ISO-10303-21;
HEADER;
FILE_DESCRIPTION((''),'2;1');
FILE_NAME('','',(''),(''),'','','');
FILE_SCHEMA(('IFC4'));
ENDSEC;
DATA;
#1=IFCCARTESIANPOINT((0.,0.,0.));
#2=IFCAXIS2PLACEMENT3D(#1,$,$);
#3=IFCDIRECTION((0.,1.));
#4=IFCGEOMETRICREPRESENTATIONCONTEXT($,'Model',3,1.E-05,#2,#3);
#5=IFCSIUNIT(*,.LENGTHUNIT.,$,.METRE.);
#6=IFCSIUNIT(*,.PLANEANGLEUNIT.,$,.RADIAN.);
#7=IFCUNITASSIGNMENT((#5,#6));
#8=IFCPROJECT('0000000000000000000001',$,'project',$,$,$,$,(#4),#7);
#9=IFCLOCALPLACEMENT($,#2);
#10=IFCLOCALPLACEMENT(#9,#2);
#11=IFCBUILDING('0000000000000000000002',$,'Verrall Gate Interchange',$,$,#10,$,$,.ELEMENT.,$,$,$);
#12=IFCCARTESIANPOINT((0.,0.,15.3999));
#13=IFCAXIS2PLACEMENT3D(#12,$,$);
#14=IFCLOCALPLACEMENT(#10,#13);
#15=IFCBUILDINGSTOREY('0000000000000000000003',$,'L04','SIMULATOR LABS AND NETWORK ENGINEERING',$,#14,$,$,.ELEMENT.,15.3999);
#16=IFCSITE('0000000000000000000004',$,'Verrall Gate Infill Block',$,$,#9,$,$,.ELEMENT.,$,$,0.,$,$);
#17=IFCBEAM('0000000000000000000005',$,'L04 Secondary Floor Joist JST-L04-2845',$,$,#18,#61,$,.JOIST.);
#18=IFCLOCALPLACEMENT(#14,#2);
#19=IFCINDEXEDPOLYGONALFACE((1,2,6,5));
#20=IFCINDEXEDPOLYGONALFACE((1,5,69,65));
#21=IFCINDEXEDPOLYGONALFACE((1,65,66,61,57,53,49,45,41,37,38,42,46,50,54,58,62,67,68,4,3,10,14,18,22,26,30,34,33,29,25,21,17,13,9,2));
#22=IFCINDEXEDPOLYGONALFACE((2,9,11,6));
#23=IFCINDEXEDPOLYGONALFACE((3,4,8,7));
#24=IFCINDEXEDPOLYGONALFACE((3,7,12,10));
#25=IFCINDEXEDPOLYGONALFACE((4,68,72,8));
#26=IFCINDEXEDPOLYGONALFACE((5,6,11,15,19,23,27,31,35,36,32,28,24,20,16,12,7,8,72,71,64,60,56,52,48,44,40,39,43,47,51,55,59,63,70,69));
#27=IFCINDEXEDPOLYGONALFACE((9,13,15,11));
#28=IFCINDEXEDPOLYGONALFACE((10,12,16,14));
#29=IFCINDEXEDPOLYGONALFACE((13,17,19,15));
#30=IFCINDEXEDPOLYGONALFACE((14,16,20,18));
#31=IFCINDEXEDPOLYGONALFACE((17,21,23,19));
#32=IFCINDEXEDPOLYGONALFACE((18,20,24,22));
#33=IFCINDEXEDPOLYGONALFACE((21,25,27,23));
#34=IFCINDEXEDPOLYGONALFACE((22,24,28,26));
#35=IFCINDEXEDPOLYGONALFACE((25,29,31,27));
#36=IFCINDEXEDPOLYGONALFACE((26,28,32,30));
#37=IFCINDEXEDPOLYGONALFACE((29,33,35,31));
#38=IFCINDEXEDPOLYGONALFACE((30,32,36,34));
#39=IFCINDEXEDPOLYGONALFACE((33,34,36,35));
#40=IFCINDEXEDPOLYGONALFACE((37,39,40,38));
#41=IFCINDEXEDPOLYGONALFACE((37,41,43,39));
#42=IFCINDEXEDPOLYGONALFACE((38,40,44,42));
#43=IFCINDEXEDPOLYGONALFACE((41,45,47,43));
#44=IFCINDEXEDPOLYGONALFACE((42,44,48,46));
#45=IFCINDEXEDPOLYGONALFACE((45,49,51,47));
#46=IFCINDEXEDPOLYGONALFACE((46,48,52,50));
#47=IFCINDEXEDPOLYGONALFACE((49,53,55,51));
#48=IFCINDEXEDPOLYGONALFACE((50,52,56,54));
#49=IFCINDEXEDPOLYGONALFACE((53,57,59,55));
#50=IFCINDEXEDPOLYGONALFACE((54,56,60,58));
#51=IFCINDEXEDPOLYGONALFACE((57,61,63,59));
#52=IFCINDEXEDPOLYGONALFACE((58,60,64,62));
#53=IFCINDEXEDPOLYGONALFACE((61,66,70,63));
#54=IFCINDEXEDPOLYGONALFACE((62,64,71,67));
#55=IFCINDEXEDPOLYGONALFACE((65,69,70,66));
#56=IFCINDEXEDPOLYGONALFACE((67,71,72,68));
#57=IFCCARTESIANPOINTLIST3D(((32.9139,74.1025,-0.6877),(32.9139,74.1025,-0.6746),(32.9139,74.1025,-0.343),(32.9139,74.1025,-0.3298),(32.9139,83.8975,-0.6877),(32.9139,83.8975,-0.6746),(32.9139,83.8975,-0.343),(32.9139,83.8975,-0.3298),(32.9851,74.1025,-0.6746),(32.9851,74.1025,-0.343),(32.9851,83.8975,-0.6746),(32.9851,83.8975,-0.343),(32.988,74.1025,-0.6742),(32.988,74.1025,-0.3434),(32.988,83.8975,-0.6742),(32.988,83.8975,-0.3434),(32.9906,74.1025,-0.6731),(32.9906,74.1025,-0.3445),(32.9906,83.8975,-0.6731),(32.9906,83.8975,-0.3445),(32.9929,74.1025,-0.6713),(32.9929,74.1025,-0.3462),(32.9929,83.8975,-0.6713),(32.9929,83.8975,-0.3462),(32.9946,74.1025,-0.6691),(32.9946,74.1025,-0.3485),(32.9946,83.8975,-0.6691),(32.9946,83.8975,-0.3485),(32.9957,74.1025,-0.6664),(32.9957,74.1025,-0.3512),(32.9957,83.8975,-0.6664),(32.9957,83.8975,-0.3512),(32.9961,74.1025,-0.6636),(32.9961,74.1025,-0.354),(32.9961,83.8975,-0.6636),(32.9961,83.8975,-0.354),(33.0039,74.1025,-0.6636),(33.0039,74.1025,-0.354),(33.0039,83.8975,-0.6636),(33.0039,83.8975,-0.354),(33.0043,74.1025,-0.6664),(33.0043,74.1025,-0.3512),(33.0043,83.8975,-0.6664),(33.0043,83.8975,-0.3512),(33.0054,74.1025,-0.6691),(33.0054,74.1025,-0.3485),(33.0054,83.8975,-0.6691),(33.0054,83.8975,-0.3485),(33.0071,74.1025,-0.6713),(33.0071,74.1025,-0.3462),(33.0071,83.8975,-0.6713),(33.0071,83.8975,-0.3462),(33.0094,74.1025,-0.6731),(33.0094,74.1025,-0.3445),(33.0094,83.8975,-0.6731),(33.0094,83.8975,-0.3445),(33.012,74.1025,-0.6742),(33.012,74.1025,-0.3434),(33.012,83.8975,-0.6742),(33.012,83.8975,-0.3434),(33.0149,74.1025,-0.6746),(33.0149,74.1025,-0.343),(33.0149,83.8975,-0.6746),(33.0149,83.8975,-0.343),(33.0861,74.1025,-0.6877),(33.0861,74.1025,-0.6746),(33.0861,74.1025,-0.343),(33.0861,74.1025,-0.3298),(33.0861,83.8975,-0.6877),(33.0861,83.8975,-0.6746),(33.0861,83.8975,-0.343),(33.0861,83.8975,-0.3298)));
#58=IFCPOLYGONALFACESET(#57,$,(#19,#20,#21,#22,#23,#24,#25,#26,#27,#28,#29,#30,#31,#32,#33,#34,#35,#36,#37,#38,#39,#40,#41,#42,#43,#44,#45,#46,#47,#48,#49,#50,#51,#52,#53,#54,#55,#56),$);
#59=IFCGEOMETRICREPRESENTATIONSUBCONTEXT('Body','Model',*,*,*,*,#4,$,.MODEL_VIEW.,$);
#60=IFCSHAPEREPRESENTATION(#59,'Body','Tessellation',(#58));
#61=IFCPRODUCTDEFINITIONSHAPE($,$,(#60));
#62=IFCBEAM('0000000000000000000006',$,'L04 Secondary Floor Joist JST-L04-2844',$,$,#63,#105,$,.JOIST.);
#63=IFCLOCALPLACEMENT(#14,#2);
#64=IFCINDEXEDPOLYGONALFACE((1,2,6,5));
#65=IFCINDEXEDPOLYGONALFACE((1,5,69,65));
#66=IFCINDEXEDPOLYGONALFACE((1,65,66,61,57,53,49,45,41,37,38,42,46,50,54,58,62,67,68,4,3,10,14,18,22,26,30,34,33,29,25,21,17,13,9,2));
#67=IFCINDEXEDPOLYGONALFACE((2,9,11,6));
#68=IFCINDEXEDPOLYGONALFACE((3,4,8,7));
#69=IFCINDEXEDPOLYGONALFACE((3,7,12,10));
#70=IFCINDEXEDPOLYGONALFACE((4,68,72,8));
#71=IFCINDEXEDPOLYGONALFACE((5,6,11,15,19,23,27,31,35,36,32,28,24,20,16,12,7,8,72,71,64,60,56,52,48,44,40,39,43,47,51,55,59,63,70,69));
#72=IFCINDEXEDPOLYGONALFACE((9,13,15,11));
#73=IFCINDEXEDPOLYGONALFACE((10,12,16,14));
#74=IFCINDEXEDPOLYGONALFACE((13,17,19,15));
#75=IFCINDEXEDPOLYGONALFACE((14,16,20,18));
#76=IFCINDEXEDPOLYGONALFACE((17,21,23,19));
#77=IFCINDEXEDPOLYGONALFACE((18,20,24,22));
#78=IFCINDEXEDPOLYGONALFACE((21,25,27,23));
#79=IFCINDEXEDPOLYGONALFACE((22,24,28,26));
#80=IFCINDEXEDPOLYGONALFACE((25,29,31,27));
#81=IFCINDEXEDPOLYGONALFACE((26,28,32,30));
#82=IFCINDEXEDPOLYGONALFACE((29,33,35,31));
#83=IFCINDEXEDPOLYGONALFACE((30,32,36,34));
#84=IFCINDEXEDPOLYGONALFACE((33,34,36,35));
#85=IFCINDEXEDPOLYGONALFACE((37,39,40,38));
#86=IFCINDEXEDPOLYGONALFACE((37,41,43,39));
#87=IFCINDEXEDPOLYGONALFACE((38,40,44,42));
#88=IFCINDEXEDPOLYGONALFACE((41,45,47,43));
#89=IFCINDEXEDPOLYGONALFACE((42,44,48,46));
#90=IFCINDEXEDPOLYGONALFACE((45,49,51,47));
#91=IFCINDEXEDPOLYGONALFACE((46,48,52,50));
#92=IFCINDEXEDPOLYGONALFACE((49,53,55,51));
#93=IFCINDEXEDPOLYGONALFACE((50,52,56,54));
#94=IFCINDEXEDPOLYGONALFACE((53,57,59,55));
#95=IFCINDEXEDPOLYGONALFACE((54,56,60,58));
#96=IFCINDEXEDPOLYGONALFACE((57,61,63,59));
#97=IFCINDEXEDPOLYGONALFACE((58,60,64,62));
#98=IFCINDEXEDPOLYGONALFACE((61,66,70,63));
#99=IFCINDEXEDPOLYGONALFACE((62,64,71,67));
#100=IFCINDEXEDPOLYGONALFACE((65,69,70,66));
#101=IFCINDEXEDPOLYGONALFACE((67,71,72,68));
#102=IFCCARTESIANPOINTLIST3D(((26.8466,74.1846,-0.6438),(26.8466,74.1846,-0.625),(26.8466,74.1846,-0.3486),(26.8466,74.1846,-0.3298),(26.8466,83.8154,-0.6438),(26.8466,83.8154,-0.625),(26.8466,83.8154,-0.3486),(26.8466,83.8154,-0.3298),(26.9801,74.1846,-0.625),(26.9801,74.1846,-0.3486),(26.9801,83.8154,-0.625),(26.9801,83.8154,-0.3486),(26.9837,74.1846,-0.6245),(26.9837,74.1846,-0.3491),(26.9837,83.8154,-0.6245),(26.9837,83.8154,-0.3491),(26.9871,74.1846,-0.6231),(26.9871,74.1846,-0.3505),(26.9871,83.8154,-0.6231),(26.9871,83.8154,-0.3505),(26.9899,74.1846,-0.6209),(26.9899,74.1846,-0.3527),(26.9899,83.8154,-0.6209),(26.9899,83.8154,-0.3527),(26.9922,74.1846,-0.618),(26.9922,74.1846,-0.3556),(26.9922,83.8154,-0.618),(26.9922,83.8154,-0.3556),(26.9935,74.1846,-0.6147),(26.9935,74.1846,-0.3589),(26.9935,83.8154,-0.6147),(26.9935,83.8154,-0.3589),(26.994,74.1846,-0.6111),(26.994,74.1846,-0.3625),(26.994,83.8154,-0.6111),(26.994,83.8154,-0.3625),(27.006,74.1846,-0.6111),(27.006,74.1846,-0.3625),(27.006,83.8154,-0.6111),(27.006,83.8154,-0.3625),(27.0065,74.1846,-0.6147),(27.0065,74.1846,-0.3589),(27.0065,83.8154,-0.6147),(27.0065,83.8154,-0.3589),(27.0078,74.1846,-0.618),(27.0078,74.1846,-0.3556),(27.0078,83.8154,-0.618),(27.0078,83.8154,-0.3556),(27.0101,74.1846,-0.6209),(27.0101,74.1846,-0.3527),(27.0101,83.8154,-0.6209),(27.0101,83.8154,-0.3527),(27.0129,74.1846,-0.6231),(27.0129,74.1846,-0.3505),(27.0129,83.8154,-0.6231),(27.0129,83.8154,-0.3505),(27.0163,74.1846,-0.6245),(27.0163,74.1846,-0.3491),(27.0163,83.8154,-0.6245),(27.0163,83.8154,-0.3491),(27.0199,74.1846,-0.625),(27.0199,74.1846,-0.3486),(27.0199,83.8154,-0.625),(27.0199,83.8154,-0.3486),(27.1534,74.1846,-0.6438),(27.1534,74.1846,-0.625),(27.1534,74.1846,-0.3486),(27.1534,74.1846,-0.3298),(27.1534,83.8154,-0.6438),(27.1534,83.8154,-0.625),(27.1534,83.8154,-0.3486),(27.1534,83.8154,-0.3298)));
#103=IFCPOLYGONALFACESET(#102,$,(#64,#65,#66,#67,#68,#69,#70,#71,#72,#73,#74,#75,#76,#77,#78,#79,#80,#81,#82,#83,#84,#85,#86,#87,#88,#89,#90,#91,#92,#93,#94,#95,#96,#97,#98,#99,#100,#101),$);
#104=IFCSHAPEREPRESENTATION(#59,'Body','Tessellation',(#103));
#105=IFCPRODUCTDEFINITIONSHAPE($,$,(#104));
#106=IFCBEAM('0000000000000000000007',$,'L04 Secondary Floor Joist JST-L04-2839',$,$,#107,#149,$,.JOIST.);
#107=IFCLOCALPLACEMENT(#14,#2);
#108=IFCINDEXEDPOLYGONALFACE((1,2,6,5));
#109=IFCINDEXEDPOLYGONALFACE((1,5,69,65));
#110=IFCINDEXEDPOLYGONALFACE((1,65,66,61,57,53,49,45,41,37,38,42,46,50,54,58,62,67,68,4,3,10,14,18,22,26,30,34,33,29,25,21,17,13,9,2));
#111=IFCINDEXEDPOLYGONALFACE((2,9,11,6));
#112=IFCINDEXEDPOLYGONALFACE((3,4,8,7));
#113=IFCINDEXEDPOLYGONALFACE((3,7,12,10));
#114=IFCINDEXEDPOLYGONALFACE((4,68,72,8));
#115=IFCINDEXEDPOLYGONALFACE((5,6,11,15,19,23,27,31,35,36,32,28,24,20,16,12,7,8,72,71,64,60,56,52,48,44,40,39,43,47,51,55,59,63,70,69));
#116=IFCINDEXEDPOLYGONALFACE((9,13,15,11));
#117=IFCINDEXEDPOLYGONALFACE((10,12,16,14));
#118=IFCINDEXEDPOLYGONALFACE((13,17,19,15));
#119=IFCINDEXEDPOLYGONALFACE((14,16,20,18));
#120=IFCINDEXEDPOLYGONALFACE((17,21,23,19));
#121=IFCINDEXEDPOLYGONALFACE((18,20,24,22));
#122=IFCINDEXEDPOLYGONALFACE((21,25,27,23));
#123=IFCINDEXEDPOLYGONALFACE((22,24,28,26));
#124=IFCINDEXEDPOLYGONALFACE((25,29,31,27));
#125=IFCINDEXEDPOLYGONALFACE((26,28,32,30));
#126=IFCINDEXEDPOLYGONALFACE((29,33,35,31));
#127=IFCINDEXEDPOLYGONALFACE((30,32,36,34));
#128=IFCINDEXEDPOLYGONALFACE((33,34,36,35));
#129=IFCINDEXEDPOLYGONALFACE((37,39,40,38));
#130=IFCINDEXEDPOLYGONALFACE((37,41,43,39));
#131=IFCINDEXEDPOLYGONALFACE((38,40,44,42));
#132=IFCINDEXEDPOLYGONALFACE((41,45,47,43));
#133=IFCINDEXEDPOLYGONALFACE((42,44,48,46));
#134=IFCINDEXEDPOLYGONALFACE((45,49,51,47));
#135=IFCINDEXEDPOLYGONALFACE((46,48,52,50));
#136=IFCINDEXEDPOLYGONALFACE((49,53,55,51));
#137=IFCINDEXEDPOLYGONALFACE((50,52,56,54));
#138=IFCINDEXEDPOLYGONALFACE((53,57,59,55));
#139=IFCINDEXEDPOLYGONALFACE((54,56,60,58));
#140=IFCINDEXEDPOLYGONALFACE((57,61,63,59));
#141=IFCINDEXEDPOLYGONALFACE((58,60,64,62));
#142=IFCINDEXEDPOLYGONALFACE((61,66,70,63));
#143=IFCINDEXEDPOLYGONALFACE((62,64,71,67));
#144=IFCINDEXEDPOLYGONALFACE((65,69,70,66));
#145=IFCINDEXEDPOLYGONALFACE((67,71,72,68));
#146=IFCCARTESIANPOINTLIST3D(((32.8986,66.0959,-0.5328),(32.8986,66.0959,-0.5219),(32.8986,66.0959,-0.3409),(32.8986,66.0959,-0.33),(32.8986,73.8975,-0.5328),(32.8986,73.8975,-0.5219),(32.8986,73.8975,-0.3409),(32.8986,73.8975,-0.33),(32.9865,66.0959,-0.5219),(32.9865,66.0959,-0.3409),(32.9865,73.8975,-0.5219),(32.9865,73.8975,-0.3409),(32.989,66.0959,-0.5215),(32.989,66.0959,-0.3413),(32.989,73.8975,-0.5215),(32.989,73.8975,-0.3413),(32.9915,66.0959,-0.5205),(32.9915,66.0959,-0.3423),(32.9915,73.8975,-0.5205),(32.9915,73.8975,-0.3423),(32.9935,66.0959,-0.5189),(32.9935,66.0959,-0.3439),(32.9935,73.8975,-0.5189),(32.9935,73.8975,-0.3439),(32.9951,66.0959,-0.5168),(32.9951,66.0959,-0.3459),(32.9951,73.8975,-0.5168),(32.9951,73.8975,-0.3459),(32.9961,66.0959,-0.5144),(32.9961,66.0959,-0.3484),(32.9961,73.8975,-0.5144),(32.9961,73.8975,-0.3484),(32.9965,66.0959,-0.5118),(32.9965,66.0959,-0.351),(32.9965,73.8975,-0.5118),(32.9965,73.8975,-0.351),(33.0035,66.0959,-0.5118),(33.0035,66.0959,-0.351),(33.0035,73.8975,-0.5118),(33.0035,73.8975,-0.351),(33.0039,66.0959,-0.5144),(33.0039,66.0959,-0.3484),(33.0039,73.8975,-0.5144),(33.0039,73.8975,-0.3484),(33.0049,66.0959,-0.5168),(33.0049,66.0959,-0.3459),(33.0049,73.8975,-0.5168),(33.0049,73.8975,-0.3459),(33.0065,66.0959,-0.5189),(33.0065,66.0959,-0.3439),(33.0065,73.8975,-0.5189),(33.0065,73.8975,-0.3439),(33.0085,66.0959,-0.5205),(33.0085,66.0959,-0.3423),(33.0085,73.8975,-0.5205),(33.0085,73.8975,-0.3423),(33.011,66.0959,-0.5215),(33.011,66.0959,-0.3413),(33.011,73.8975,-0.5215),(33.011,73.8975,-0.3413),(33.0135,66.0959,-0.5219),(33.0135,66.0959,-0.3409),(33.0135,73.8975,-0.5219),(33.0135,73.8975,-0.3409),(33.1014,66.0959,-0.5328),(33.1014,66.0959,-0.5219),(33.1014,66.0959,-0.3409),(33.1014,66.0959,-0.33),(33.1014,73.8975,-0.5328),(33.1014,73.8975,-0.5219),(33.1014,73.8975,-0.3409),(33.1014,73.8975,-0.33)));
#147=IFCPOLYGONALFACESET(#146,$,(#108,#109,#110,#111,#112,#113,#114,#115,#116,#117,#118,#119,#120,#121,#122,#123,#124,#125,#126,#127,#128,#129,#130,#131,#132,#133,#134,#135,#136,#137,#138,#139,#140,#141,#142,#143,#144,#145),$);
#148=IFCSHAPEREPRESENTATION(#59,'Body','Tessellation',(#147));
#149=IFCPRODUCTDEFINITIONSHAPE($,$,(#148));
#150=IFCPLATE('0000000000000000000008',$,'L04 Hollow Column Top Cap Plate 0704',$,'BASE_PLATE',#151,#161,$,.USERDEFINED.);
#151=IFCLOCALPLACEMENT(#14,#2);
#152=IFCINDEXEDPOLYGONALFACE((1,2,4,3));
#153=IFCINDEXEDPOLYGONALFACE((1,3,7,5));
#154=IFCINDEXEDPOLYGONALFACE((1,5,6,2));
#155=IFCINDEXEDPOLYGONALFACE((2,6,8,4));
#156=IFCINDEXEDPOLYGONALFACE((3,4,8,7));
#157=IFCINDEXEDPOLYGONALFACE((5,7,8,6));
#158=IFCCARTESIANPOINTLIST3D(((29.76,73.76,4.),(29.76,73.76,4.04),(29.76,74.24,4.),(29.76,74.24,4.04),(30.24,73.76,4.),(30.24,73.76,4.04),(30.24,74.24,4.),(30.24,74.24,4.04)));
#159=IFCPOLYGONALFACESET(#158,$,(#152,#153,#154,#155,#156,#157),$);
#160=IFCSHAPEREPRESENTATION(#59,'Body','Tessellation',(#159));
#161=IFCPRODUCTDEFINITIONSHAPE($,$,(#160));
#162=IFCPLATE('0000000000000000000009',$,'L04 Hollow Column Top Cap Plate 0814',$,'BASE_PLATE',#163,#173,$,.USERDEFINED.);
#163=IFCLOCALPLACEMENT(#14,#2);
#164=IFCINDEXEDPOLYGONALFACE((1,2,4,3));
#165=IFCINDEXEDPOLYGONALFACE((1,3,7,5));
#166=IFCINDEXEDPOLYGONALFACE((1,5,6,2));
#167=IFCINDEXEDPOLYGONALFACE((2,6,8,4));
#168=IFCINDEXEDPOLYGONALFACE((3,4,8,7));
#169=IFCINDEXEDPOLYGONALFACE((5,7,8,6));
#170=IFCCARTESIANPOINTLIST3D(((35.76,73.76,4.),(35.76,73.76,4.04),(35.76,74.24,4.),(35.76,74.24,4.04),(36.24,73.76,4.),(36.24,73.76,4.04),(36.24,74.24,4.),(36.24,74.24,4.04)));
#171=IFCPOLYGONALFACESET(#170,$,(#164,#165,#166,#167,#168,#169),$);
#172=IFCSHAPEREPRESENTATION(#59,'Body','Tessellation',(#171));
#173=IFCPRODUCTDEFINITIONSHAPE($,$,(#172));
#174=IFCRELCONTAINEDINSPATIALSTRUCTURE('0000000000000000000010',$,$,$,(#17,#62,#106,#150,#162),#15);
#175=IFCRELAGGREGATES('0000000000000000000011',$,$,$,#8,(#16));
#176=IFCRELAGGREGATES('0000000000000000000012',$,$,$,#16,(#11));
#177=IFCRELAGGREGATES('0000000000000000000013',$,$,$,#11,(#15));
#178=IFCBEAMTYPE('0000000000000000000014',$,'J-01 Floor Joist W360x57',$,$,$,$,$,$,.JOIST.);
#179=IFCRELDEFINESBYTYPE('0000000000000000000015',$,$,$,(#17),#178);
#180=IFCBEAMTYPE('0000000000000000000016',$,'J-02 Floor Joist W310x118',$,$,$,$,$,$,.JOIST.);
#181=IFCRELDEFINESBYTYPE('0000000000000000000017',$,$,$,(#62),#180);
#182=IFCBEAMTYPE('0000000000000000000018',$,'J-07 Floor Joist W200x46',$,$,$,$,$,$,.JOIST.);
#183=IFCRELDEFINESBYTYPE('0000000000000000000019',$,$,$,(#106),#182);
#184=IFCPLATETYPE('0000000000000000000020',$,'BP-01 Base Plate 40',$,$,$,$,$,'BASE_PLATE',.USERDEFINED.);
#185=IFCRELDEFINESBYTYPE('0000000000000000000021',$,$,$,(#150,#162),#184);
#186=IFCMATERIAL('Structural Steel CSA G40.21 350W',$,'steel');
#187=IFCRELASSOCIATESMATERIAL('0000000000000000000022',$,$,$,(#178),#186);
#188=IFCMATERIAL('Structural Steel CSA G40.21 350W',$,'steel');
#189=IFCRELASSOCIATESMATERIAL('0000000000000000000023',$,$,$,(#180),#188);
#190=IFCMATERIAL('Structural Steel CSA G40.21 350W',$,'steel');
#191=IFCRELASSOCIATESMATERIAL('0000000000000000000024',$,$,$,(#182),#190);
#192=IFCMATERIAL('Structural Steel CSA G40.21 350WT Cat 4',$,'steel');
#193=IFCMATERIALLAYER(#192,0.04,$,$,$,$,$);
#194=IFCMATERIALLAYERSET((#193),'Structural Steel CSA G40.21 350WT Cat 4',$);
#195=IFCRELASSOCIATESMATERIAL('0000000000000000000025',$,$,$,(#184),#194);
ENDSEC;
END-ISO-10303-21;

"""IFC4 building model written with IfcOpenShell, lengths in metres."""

from ifc_helpers import new_model, si_unit, direction, frame, origin, origin_2d, place, context, subcontext, project, spatial, rectangle, i_section, extrude, material, layer, layer_set, material_profile, profile_set, type_object, element, save


model = new_model("IFC4")

# Units and contexts
model_context = context("Model", 3, precision=1e-05, world=origin(), true_north=direction((0.0, 1.0)))
body_context = subcontext(model_context, "Body", "Model", "MODEL_VIEW")
ifc_project = project(units=[si_unit("LENGTHUNIT", "METRE"), si_unit("PLANEANGLEUNIT", "RADIAN")], contexts=[model_context])

# Site, building, storey
site_placement = place(None, origin())
site = spatial("IfcSite", under=ifc_project, at=site_placement, Name="Verrall Gate Infill Block", CompositionType="ELEMENT", RefElevation=0.0)
building_placement = place(site_placement, origin())
building = spatial("IfcBuilding", under=site, at=building_placement, Name="Verrall Gate Interchange", CompositionType="ELEMENT")
storey_placement = place(building_placement, frame((0.0, 0.0, 15.3999)))
storey = spatial("IfcBuildingStorey", under=building, at=storey_placement, Name="L04", Description="SIMULATOR LABS AND NETWORK ENGINEERING", CompositionType="ELEMENT", Elevation=15.3999)

# Beams
ifc_material_1 = material(Name="Structural Steel CSA G40.21 350W", Category="steel")
ifc_material_profile_1 = material_profile(ifc_material_1, i_section(OverallWidth=0.1721, OverallDepth=0.3579, WebThickness=0.0078, FlangeThickness=0.0132, FilletRadius=0.011, at=origin_2d()), Name="W360x57")
ifc_profile_set_1 = profile_set([ifc_material_profile_1], Name="Structural Steel CSA G40.21 350W")
beam_type_1 = type_object("IfcBeamType", Name="J-01 Floor Joist W360x57", PredefinedType="JOIST", material=ifc_profile_set_1)
beam_1_placement = place(storey_placement, frame((33.0, 74.1025, -0.5088), z_axis=(0.0, 1.0, 0.0), x_axis=(-1.0, 0.0, 0.0)))
element("IfcBeam", 1, at=beam_1_placement, inside=storey, type_object=beam_type_1, Name="L04 Secondary Floor Joist JST-L04-2845", PredefinedType="JOIST", context=body_context, shape_type="SweptSolid", body=[
    extrude(i_section(OverallWidth=0.1721, OverallDepth=0.3579, WebThickness=0.0078, FlangeThickness=0.0132, FilletRadius=0.011, at=origin_2d()), origin(), (0.0, 0.0, 1.0), 9.7949),
])
ifc_material_2 = material(Name="Structural Steel CSA G40.21 350W", Category="steel")
ifc_material_profile_2 = material_profile(ifc_material_2, i_section(OverallWidth=0.3069, OverallDepth=0.314, WebThickness=0.012, FlangeThickness=0.0188, FilletRadius=0.0139, at=origin_2d()), Name="W310x118")
ifc_profile_set_2 = profile_set([ifc_material_profile_2], Name="Structural Steel CSA G40.21 350W")
beam_type_2 = type_object("IfcBeamType", Name="J-02 Floor Joist W310x118", PredefinedType="JOIST", material=ifc_profile_set_2)
beam_2_placement = place(storey_placement, frame((27.0, 74.1846, -0.4868), z_axis=(0.0, 1.0, 0.0), x_axis=(-1.0, 0.0, 0.0)))
element("IfcBeam", 2, at=beam_2_placement, inside=storey, type_object=beam_type_2, Name="L04 Secondary Floor Joist JST-L04-2844", PredefinedType="JOIST", context=body_context, shape_type="SweptSolid", body=[
    extrude(i_section(OverallWidth=0.3069, OverallDepth=0.314, WebThickness=0.012, FlangeThickness=0.0188, FilletRadius=0.0139, at=origin_2d()), origin(), (0.0, 0.0, 1.0), 9.6309),
])
ifc_material_3 = material(Name="Structural Steel CSA G40.21 350W", Category="steel")
ifc_material_profile_3 = material_profile(ifc_material_3, i_section(OverallWidth=0.2029, OverallDepth=0.2029, WebThickness=0.0071, FlangeThickness=0.011, FilletRadius=0.01, at=origin_2d()), Name="W200x46")
ifc_profile_set_3 = profile_set([ifc_material_profile_3], Name="Structural Steel CSA G40.21 350W")
beam_type_3 = type_object("IfcBeamType", Name="J-07 Floor Joist W200x46", PredefinedType="JOIST", material=ifc_profile_set_3)
beam_3_placement = place(storey_placement, frame((33.0, 66.0959, -0.4314), z_axis=(0.0, 1.0, 0.0), x_axis=(-1.0, 0.0, 0.0)))
element("IfcBeam", 3, at=beam_3_placement, inside=storey, type_object=beam_type_3, Name="L04 Secondary Floor Joist JST-L04-2839", PredefinedType="JOIST", context=body_context, shape_type="SweptSolid", body=[
    extrude(i_section(OverallWidth=0.2029, OverallDepth=0.2029, WebThickness=0.0071, FlangeThickness=0.011, FilletRadius=0.01, at=origin_2d()), origin(), (0.0, 0.0, 1.0), 7.8015),
])

# Plates
ifc_material_4 = material(Name="Structural Steel CSA G40.21 350WT Cat 4", Category="steel")
ifc_layer_1 = layer(ifc_material_4, 0.04)
ifc_layer_set_1 = layer_set([ifc_layer_1], Name="Structural Steel CSA G40.21 350WT Cat 4")
plate_type = type_object("IfcPlateType", Name="BP-01 Base Plate 40", ElementType="BASE_PLATE", PredefinedType="USERDEFINED", material=ifc_layer_set_1)
for number, where, z_axis, x_axis, name in (
    (4, (30.0, 74.0, 4.0), (0.0, 0.0, 1.0), (1.0, 0.0, 0.0), "L04 Hollow Column Top Cap Plate 0704"),
    (5, (36.0, 74.0, 4.0), (0.0, 0.0, 1.0), (1.0, 0.0, 0.0), "L04 Hollow Column Top Cap Plate 0814"),
):
    element("IfcPlate", number, at=place(storey_placement, frame(where, z_axis=z_axis, x_axis=x_axis)), inside=storey, type_object=plate_type, Name=name, ObjectType="BASE_PLATE", PredefinedType="USERDEFINED", context=body_context, shape_type="SweptSolid", body=[
        extrude(rectangle(XDim=0.48, YDim=0.48, at=origin_2d()), origin(), (0.0, 0.0, 1.0), 0.04),
    ])

save(model, "model.ifc")
